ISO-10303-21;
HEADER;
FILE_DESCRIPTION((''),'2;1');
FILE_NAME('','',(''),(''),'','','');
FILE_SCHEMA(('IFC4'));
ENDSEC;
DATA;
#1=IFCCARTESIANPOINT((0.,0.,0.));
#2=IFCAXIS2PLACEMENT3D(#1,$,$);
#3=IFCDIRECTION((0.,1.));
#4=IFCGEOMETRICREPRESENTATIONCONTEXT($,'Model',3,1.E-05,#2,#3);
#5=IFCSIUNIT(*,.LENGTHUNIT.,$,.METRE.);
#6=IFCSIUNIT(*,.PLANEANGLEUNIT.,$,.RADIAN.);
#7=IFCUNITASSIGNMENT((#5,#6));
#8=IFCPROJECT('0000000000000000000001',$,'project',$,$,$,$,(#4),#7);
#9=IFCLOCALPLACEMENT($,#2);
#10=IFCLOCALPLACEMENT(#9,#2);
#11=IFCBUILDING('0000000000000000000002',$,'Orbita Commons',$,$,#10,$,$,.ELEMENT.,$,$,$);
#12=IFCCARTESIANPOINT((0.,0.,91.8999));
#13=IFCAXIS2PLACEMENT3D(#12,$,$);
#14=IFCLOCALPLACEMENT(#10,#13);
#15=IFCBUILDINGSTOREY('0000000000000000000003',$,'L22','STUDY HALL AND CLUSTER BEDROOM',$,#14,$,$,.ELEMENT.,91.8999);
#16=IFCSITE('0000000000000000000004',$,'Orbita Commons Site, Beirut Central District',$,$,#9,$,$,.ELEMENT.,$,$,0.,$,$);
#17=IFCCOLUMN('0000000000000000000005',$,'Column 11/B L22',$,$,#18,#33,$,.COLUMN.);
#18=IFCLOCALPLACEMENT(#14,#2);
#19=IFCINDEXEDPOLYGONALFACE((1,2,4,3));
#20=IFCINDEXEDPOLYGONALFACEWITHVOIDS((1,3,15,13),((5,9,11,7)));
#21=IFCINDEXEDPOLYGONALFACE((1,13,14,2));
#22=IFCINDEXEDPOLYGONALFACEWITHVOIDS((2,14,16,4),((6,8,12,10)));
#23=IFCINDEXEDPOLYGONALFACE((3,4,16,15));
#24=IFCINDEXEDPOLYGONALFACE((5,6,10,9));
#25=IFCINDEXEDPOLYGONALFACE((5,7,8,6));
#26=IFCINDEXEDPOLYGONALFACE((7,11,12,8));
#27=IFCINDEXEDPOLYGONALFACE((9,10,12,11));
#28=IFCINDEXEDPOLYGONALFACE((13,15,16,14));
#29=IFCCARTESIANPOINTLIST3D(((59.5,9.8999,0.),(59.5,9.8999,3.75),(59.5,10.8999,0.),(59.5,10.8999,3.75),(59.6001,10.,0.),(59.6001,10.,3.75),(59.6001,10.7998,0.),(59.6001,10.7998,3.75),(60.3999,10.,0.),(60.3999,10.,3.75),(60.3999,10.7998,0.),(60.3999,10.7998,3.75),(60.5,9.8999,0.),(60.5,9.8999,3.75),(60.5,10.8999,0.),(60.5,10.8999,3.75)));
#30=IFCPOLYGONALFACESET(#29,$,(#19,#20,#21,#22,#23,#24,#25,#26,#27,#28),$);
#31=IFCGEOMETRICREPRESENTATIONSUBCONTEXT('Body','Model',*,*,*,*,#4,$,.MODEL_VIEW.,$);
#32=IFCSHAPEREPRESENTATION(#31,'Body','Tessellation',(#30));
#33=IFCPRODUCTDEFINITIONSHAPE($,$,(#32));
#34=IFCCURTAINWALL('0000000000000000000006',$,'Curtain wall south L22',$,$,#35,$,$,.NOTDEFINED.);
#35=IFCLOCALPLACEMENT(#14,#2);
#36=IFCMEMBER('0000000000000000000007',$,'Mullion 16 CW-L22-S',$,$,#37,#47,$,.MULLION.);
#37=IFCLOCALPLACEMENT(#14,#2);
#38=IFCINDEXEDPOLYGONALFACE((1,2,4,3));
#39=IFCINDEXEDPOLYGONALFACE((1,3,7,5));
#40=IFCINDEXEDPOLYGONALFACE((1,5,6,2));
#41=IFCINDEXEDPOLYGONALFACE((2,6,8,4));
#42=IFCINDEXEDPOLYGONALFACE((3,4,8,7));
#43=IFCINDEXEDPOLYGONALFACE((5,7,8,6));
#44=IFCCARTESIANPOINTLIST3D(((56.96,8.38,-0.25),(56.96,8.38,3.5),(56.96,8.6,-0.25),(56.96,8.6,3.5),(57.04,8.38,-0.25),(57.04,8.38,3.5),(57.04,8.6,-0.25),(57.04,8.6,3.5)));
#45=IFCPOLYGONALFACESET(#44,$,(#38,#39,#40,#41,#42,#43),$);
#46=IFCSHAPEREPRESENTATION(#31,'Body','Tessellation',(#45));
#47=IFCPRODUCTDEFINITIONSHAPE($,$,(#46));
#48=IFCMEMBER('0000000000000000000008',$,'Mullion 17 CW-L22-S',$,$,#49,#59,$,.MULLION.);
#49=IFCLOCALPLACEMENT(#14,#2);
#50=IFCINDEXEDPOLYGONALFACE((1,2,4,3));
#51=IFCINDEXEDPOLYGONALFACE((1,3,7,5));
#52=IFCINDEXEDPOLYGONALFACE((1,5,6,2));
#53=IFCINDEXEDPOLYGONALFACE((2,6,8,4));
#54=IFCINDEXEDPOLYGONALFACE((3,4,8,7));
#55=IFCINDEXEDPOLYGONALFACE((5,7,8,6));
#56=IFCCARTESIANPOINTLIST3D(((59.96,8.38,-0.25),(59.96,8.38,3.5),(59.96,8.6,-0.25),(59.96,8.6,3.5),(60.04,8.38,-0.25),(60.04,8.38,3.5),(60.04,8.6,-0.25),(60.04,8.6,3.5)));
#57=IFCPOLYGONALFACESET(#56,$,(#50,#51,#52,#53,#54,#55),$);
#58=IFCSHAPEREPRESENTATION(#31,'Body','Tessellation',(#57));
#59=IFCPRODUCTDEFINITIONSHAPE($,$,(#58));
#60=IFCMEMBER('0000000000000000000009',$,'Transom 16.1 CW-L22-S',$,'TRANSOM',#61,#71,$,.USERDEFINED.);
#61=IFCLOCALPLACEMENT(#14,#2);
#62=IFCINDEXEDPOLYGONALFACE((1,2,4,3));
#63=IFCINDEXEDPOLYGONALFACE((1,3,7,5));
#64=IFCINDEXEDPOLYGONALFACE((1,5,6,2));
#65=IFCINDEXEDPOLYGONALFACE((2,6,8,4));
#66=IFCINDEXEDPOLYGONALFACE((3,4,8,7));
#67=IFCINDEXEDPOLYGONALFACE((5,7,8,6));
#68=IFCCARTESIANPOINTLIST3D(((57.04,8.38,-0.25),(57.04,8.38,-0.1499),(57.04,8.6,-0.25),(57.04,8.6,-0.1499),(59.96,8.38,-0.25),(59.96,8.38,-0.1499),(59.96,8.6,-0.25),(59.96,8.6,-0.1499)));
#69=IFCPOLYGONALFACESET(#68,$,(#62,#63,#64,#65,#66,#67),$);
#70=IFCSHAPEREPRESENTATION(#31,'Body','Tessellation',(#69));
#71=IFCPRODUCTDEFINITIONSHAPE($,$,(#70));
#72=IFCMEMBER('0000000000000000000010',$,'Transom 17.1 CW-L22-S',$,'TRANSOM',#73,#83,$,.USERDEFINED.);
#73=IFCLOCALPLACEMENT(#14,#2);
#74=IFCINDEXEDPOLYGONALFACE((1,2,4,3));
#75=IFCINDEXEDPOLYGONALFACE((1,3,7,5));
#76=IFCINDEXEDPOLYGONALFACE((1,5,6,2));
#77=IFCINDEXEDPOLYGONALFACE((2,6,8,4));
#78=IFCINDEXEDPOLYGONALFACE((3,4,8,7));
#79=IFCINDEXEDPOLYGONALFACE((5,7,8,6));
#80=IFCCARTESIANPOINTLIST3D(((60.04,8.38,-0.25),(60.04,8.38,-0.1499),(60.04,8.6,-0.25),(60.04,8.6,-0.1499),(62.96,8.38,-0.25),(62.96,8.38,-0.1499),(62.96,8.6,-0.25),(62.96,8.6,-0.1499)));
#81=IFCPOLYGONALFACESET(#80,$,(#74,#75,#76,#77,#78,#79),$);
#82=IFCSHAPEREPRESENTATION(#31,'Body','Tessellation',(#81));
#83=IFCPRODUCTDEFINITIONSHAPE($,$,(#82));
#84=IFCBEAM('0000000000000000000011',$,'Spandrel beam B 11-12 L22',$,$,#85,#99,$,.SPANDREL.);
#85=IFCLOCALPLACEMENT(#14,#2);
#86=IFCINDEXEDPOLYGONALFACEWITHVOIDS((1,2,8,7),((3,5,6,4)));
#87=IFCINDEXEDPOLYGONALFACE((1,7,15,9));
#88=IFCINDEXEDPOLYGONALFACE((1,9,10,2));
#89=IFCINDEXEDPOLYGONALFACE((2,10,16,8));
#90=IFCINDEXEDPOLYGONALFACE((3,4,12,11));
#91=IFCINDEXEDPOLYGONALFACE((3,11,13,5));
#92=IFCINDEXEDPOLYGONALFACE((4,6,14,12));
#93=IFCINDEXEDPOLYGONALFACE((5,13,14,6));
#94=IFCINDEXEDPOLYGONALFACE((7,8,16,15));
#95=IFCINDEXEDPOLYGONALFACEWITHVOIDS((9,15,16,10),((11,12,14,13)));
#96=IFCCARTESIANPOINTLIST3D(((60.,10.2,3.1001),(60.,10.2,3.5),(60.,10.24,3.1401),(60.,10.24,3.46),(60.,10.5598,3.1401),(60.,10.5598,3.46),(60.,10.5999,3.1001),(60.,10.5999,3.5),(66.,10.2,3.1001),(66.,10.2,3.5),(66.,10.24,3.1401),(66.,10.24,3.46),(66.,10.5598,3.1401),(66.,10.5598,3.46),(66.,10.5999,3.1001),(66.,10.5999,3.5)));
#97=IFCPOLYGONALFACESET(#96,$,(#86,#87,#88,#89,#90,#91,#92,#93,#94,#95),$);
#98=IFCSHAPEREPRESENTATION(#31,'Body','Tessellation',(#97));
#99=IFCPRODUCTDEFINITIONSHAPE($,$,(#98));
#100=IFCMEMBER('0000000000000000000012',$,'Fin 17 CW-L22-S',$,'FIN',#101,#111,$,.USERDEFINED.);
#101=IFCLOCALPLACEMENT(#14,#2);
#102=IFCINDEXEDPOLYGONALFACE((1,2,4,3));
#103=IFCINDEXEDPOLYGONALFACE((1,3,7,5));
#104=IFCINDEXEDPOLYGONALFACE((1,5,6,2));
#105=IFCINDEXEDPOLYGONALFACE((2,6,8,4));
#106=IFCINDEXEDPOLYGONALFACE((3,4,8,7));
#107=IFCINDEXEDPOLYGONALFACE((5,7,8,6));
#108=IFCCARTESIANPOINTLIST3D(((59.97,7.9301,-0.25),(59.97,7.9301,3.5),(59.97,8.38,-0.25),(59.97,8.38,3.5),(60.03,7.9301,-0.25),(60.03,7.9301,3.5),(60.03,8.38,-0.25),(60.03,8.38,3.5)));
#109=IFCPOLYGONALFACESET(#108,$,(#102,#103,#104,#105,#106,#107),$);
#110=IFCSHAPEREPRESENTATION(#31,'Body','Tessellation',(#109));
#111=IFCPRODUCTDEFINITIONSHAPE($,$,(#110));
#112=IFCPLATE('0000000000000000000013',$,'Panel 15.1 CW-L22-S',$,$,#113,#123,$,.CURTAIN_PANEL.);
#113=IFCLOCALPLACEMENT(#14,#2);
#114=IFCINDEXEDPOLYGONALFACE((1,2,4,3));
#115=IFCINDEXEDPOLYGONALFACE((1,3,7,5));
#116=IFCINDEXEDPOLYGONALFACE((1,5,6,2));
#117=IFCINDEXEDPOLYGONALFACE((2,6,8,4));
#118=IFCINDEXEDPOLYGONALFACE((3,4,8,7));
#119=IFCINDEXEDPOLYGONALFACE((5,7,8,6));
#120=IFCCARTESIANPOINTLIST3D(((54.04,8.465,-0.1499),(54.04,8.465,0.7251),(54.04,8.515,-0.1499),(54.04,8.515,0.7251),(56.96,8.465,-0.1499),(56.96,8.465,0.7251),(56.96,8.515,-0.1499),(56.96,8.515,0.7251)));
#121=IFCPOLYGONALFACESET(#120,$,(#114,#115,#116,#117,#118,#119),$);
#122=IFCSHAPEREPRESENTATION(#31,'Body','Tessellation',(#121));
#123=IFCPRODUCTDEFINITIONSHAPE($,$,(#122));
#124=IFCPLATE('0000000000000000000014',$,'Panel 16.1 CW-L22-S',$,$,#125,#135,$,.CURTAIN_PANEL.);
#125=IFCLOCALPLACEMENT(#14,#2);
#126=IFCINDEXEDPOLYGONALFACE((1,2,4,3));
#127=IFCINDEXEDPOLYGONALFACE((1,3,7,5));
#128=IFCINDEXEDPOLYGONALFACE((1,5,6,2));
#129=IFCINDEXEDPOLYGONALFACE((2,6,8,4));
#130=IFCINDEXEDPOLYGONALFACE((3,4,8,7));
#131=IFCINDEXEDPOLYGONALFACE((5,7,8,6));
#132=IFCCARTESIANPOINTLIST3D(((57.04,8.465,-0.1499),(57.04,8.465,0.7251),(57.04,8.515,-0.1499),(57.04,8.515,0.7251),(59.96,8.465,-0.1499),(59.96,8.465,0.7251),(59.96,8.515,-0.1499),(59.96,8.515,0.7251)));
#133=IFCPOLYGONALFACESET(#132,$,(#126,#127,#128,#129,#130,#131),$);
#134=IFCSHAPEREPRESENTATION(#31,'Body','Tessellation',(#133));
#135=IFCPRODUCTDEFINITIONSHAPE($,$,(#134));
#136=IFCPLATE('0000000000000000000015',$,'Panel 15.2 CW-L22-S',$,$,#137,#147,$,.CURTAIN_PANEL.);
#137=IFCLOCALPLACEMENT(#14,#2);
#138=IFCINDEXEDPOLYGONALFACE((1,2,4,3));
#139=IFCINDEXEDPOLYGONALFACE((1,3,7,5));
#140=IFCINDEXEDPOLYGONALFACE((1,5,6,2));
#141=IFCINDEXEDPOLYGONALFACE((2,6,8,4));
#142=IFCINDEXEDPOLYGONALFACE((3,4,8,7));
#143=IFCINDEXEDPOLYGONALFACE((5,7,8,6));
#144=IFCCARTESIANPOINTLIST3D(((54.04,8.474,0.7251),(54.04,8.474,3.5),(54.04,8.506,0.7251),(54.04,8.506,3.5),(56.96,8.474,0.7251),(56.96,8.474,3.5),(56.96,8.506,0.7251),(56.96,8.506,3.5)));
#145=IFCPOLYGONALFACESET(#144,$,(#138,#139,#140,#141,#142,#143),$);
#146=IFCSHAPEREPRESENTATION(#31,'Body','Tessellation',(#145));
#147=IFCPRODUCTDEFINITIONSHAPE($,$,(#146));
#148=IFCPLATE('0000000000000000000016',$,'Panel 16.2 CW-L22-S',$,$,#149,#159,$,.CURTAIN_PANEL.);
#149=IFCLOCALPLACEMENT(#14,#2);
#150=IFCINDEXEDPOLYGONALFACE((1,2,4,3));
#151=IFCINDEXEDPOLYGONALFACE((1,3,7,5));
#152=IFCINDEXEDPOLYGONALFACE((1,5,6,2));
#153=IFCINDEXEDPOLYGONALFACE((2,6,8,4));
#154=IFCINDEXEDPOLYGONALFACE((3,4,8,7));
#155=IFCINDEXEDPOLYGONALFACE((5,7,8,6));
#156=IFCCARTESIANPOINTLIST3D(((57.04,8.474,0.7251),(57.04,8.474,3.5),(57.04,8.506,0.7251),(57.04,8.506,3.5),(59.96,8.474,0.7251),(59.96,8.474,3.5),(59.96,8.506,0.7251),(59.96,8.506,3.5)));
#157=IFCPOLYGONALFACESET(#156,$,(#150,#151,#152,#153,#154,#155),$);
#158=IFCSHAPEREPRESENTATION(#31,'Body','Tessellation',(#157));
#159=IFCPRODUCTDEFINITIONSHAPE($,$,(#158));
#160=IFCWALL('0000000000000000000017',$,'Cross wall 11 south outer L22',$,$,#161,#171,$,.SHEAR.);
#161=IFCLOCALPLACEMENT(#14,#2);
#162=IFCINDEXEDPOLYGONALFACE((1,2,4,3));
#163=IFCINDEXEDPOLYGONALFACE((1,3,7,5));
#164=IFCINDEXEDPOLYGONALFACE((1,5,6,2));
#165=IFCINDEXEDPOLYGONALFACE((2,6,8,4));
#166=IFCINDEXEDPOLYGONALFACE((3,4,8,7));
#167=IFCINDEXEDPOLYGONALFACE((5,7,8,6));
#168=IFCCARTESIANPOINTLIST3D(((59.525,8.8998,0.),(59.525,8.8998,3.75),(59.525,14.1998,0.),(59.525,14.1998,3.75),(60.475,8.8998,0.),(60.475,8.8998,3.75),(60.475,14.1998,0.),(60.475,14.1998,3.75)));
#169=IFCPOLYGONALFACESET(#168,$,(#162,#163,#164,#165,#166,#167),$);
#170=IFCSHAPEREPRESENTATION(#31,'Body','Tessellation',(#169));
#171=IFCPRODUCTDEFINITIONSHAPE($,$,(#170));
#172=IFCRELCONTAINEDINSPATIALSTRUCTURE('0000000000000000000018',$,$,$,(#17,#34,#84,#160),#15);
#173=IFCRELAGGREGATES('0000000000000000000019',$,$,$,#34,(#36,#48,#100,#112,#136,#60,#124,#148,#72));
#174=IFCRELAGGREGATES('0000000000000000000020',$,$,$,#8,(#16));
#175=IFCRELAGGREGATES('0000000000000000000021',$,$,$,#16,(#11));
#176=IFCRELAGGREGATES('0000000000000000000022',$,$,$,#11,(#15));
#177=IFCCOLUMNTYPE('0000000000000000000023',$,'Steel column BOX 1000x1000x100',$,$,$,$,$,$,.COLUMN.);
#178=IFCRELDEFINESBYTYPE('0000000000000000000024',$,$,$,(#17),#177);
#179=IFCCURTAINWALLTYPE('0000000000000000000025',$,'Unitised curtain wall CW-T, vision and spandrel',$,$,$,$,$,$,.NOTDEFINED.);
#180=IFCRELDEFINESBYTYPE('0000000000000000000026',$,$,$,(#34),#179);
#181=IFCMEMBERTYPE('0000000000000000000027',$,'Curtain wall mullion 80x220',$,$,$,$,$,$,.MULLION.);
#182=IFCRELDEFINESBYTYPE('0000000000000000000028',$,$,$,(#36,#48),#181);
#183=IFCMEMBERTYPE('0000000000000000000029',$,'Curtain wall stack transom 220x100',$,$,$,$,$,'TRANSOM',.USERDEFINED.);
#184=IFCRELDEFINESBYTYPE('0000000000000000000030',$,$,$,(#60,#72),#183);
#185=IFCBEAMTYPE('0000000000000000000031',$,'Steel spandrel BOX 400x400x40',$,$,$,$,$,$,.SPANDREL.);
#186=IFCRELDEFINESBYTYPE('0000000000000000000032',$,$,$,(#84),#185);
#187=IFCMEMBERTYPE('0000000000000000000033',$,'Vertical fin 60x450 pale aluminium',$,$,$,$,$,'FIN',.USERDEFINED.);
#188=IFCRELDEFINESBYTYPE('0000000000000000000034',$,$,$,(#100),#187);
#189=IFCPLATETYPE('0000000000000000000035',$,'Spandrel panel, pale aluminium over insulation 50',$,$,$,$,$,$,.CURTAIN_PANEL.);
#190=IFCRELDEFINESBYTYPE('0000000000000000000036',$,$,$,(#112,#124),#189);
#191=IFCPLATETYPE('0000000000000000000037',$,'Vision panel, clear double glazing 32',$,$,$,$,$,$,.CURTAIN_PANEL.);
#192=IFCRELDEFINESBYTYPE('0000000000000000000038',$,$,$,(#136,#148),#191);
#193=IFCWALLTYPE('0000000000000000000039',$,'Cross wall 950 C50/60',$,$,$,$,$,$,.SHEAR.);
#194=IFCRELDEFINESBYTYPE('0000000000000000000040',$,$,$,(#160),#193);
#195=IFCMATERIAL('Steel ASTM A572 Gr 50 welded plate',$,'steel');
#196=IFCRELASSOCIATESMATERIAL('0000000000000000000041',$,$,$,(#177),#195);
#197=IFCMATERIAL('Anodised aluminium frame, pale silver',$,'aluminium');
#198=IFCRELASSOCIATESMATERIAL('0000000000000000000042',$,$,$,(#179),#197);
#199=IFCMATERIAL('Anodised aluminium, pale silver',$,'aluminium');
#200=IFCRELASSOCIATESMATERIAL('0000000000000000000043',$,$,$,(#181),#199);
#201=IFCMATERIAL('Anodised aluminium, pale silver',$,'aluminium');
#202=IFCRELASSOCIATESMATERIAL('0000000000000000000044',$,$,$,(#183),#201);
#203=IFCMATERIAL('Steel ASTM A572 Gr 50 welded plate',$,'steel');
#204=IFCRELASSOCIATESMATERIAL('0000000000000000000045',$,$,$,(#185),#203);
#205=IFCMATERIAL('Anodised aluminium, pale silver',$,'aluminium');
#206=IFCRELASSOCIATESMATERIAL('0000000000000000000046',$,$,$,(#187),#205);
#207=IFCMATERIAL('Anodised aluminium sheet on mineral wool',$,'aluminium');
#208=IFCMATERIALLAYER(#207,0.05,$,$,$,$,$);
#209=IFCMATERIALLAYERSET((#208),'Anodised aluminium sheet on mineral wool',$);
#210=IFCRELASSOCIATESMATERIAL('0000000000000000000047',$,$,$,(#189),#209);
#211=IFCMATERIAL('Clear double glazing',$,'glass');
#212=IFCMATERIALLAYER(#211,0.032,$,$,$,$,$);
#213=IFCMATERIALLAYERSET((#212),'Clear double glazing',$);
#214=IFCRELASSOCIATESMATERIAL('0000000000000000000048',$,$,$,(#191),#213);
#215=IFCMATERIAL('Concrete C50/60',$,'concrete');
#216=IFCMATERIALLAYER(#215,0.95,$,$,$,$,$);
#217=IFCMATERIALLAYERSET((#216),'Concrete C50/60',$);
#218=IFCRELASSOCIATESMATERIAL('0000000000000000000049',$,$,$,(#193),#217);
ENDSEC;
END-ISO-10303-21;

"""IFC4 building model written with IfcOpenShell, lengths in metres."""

from ifc_helpers import new_model, si_unit, direction, frame, frame_2d, origin, origin_2d, place, context, subcontext, project, spatial, rectangle, hollow_rectangle, extrude, material, layer, layer_set, material_profile, profile_set, type_object, element, aggregate, save


model = new_model("IFC4")

# Units and contexts
model_context = context("Model", 3, precision=1e-05, world=origin(), true_north=direction((0.0, 1.0)))
body_context = subcontext(model_context, "Body", "Model", "MODEL_VIEW")
ifc_project = project(units=[si_unit("LENGTHUNIT", "METRE"), si_unit("PLANEANGLEUNIT", "RADIAN")], contexts=[model_context])

# Site, building, storey
site_placement = place(None, origin())
site = spatial("IfcSite", under=ifc_project, at=site_placement, Name="Orbita Commons Site, Beirut Central District", CompositionType="ELEMENT", RefElevation=0.0)
building_placement = place(site_placement, origin())
building = spatial("IfcBuilding", under=site, at=building_placement, Name="Orbita Commons", CompositionType="ELEMENT")
storey_placement = place(building_placement, frame((0.0, 0.0, 91.8999)))
storey = spatial("IfcBuildingStorey", under=building, at=storey_placement, Name="L22", Description="STUDY HALL AND CLUSTER BEDROOM", CompositionType="ELEMENT", Elevation=91.8999)

# Column
ifc_material_1 = material(Name="Steel ASTM A572 Gr 50 welded plate", Category="steel")
ifc_material_profile_1 = material_profile(ifc_material_1, hollow_rectangle(XDim=1.0, YDim=1.0, WallThickness=0.1001, at=origin_2d()), Name="BOX 1000x1000x100")
ifc_profile_set_1 = profile_set([ifc_material_profile_1], Name="Steel ASTM A572 Gr 50 welded plate")
column_type = type_object("IfcColumnType", Name="Steel column BOX 1000x1000x100", PredefinedType="COLUMN", material=ifc_profile_set_1)
column_placement = place(storey_placement, frame((60.0, 10.3999, 0.0), z_axis=(0.0, 0.0, 1.0), x_axis=(1.0, 0.0, 0.0)))
element("IfcColumn", 1, at=column_placement, inside=storey, type_object=column_type, Name="Column 11/B L22", PredefinedType="COLUMN", context=body_context, shape_type="SweptSolid", body=[
    extrude(hollow_rectangle(XDim=1.0, YDim=1.0, WallThickness=0.1001, at=origin_2d()), origin(), (0.0, 0.0, 1.0), 3.75),
])

# Curtain wall, members
ifc_material_2 = material(Name="Anodised aluminium frame, pale silver", Category="aluminium")
curtain_wall_type = type_object("IfcCurtainWallType", Name="Unitised curtain wall CW-T, vision and spandrel", PredefinedType="NOTDEFINED", material=ifc_material_2)
curtain_wall_placement = place(storey_placement, origin())
curtain_wall = element("IfcCurtainWall", 2, at=curtain_wall_placement, inside=storey, type_object=curtain_wall_type, Name="Curtain wall south L22", PredefinedType="NOTDEFINED")
ifc_material_3 = material(Name="Anodised aluminium, pale silver", Category="aluminium")
ifc_material_profile_2 = material_profile(ifc_material_3, rectangle(XDim=0.0801, YDim=0.22, at=origin_2d()), Name="AL 80x220")
ifc_profile_set_2 = profile_set([ifc_material_profile_2], Name="Anodised aluminium, pale silver")
member_type_1 = type_object("IfcMemberType", Name="Curtain wall mullion 80x220", PredefinedType="MULLION", material=ifc_profile_set_2)
member_1_placement = place(storey_placement, frame((57.0, 8.49, -0.25), z_axis=(0.0, 0.0, 1.0), x_axis=(1.0, 0.0, 0.0)))
member_1 = element("IfcMember", 3, at=member_1_placement, type_object=member_type_1, Name="Mullion 16 CW-L22-S", PredefinedType="MULLION", context=body_context, shape_type="SweptSolid", body=[
    extrude(rectangle(XDim=0.0801, YDim=0.22, at=origin_2d()), origin(), (0.0, 0.0, 1.0), 3.75),
])
member_2_placement = place(storey_placement, frame((60.0, 8.49, -0.25), z_axis=(0.0, 0.0, 1.0), x_axis=(1.0, 0.0, 0.0)))
member_2 = element("IfcMember", 4, at=member_2_placement, type_object=member_type_1, Name="Mullion 17 CW-L22-S", PredefinedType="MULLION", context=body_context, shape_type="SweptSolid", body=[
    extrude(rectangle(XDim=0.0801, YDim=0.22, at=origin_2d()), origin(), (0.0, 0.0, 1.0), 3.75),
])
ifc_material_4 = material(Name="Anodised aluminium, pale silver", Category="aluminium")
ifc_material_profile_3 = material_profile(ifc_material_4, rectangle(XDim=0.22, YDim=0.1001, at=origin_2d()), Name="AL 220x100")
ifc_profile_set_3 = profile_set([ifc_material_profile_3], Name="Anodised aluminium, pale silver")
member_type_2 = type_object("IfcMemberType", Name="Curtain wall stack transom 220x100", ElementType="TRANSOM", PredefinedType="USERDEFINED", material=ifc_profile_set_3)
member_3_placement = place(storey_placement, frame((57.04, 8.49, -0.2), z_axis=(1.0, 0.0, 0.0), x_axis=(0.0, 1.0, 0.0)))
member_3 = element("IfcMember", 5, at=member_3_placement, type_object=member_type_2, Name="Transom 16.1 CW-L22-S", ObjectType="TRANSOM", PredefinedType="USERDEFINED", context=body_context, shape_type="SweptSolid", body=[
    extrude(rectangle(XDim=0.22, YDim=0.1001, at=origin_2d()), origin(), (0.0, 0.0, 1.0), 2.9199),
])
member_4_placement = place(storey_placement, frame((60.04, 8.49, -0.2), z_axis=(1.0, 0.0, 0.0), x_axis=(0.0, 1.0, 0.0)))
member_4 = element("IfcMember", 6, at=member_4_placement, type_object=member_type_2, Name="Transom 17.1 CW-L22-S", ObjectType="TRANSOM", PredefinedType="USERDEFINED", context=body_context, shape_type="SweptSolid", body=[
    extrude(rectangle(XDim=0.22, YDim=0.1001, at=origin_2d()), origin(), (0.0, 0.0, 1.0), 2.9199),
])

# Beam
ifc_material_5 = material(Name="Steel ASTM A572 Gr 50 welded plate", Category="steel")
ifc_material_profile_4 = material_profile(ifc_material_5, hollow_rectangle(XDim=0.3999, YDim=0.3999, WallThickness=0.04, at=origin_2d()), Name="BOX 400x400x40")
ifc_profile_set_4 = profile_set([ifc_material_profile_4], Name="Steel ASTM A572 Gr 50 welded plate")
beam_type = type_object("IfcBeamType", Name="Steel spandrel BOX 400x400x40", PredefinedType="SPANDREL", material=ifc_profile_set_4)
beam_placement = place(storey_placement, frame((60.0, 10.3999, 3.3), z_axis=(1.0, 0.0, 0.0), x_axis=(0.0, 1.0, 0.0)))
element("IfcBeam", 7, at=beam_placement, inside=storey, type_object=beam_type, Name="Spandrel beam B 11-12 L22", PredefinedType="SPANDREL", context=body_context, shape_type="SweptSolid", body=[
    extrude(hollow_rectangle(XDim=0.3999, YDim=0.3999, WallThickness=0.04, at=origin_2d()), origin(), (0.0, 0.0, 1.0), 6.0),
])

# Member
ifc_material_6 = material(Name="Anodised aluminium, pale silver", Category="aluminium")
ifc_material_profile_5 = material_profile(ifc_material_6, rectangle(XDim=0.0601, YDim=0.45, at=origin_2d()), Name="FIN 60x450")
ifc_profile_set_5 = profile_set([ifc_material_profile_5], Name="Anodised aluminium, pale silver")
member_type_3 = type_object("IfcMemberType", Name="Vertical fin 60x450 pale aluminium", ElementType="FIN", PredefinedType="USERDEFINED", material=ifc_profile_set_5)
member_5_placement = place(storey_placement, frame((60.0, 8.155, -0.25), z_axis=(0.0, 0.0, 1.0), x_axis=(1.0, 0.0, 0.0)))
member_5 = element("IfcMember", 8, at=member_5_placement, type_object=member_type_3, Name="Fin 17 CW-L22-S", ObjectType="FIN", PredefinedType="USERDEFINED", context=body_context, shape_type="SweptSolid", body=[
    extrude(rectangle(XDim=0.0601, YDim=0.45, at=origin_2d()), origin(), (0.0, 0.0, 1.0), 3.75),
])

# Plates
ifc_material_7 = material(Name="Anodised aluminium sheet on mineral wool", Category="aluminium")
ifc_layer_1 = layer(ifc_material_7, 0.05)
ifc_layer_set_1 = layer_set([ifc_layer_1], Name="Anodised aluminium sheet on mineral wool")
plate_type_1 = type_object("IfcPlateType", Name="Spandrel panel, pale aluminium over insulation 50", PredefinedType="CURTAIN_PANEL", material=ifc_layer_set_1)
plate_1_placement = place(storey_placement, frame((55.5, 8.49, -0.1499), z_axis=(0.0, 0.0, 1.0), x_axis=(1.0, 0.0, 0.0)))
plate_1 = element("IfcPlate", 9, at=plate_1_placement, type_object=plate_type_1, Name="Panel 15.1 CW-L22-S", PredefinedType="CURTAIN_PANEL", context=body_context, shape_type="SweptSolid", body=[
    extrude(rectangle(XDim=2.9199, YDim=0.05, at=origin_2d()), origin(), (0.0, 0.0, 1.0), 0.875),
])
plate_2_placement = place(storey_placement, frame((58.5, 8.49, -0.1499), z_axis=(0.0, 0.0, 1.0), x_axis=(1.0, 0.0, 0.0)))
plate_2 = element("IfcPlate", 10, at=plate_2_placement, type_object=plate_type_1, Name="Panel 16.1 CW-L22-S", PredefinedType="CURTAIN_PANEL", context=body_context, shape_type="SweptSolid", body=[
    extrude(rectangle(XDim=2.9199, YDim=0.05, at=origin_2d()), origin(), (0.0, 0.0, 1.0), 0.875),
])
ifc_material_8 = material(Name="Clear double glazing", Category="glass")
ifc_layer_2 = layer(ifc_material_8, 0.032)
ifc_layer_set_2 = layer_set([ifc_layer_2], Name="Clear double glazing")
plate_type_2 = type_object("IfcPlateType", Name="Vision panel, clear double glazing 32", PredefinedType="CURTAIN_PANEL", material=ifc_layer_set_2)
plate_3_placement = place(storey_placement, frame((55.5, 8.49, 0.7251), z_axis=(0.0, 0.0, 1.0), x_axis=(1.0, 0.0, 0.0)))
plate_3 = element("IfcPlate", 11, at=plate_3_placement, type_object=plate_type_2, Name="Panel 15.2 CW-L22-S", PredefinedType="CURTAIN_PANEL", context=body_context, shape_type="SweptSolid", body=[
    extrude(rectangle(XDim=2.9199, YDim=0.032, at=origin_2d()), origin(), (0.0, 0.0, 1.0), 2.7749),
])
plate_4_placement = place(storey_placement, frame((58.5, 8.49, 0.7251), z_axis=(0.0, 0.0, 1.0), x_axis=(1.0, 0.0, 0.0)))
plate_4 = element("IfcPlate", 12, at=plate_4_placement, type_object=plate_type_2, Name="Panel 16.2 CW-L22-S", PredefinedType="CURTAIN_PANEL", context=body_context, shape_type="SweptSolid", body=[
    extrude(rectangle(XDim=2.9199, YDim=0.032, at=origin_2d()), origin(), (0.0, 0.0, 1.0), 2.7749),
])
aggregate(curtain_wall, [member_1, member_2, member_5, plate_1, plate_3, member_3, plate_2, plate_4, member_4])

# Wall
ifc_material_9 = material(Name="Concrete C50/60", Category="concrete")
ifc_layer_3 = layer(ifc_material_9, 0.95)
ifc_layer_set_3 = layer_set([ifc_layer_3], Name="Concrete C50/60")
wall_type_1 = type_object("IfcWallType", Name="Cross wall 950 C50/60", PredefinedType="SHEAR", material=ifc_layer_set_3)
wall_1_placement = place(storey_placement, frame((60.0, 8.8999, 0.0), z_axis=(0.0, 0.0, 1.0), x_axis=(0.0, 1.0, 0.0)))
element("IfcWall", 13, at=wall_1_placement, inside=storey, type_object=wall_type_1, Name="Cross wall 11 south outer L22", PredefinedType="SHEAR", context=body_context, shape_type="SweptSolid", body=[
    extrude(rectangle(XDim=5.3, YDim=0.95, at=frame_2d((2.6499, 0.0))), origin(), (0.0, 0.0, 1.0), 3.75),
])

save(model, "model.ifc")
